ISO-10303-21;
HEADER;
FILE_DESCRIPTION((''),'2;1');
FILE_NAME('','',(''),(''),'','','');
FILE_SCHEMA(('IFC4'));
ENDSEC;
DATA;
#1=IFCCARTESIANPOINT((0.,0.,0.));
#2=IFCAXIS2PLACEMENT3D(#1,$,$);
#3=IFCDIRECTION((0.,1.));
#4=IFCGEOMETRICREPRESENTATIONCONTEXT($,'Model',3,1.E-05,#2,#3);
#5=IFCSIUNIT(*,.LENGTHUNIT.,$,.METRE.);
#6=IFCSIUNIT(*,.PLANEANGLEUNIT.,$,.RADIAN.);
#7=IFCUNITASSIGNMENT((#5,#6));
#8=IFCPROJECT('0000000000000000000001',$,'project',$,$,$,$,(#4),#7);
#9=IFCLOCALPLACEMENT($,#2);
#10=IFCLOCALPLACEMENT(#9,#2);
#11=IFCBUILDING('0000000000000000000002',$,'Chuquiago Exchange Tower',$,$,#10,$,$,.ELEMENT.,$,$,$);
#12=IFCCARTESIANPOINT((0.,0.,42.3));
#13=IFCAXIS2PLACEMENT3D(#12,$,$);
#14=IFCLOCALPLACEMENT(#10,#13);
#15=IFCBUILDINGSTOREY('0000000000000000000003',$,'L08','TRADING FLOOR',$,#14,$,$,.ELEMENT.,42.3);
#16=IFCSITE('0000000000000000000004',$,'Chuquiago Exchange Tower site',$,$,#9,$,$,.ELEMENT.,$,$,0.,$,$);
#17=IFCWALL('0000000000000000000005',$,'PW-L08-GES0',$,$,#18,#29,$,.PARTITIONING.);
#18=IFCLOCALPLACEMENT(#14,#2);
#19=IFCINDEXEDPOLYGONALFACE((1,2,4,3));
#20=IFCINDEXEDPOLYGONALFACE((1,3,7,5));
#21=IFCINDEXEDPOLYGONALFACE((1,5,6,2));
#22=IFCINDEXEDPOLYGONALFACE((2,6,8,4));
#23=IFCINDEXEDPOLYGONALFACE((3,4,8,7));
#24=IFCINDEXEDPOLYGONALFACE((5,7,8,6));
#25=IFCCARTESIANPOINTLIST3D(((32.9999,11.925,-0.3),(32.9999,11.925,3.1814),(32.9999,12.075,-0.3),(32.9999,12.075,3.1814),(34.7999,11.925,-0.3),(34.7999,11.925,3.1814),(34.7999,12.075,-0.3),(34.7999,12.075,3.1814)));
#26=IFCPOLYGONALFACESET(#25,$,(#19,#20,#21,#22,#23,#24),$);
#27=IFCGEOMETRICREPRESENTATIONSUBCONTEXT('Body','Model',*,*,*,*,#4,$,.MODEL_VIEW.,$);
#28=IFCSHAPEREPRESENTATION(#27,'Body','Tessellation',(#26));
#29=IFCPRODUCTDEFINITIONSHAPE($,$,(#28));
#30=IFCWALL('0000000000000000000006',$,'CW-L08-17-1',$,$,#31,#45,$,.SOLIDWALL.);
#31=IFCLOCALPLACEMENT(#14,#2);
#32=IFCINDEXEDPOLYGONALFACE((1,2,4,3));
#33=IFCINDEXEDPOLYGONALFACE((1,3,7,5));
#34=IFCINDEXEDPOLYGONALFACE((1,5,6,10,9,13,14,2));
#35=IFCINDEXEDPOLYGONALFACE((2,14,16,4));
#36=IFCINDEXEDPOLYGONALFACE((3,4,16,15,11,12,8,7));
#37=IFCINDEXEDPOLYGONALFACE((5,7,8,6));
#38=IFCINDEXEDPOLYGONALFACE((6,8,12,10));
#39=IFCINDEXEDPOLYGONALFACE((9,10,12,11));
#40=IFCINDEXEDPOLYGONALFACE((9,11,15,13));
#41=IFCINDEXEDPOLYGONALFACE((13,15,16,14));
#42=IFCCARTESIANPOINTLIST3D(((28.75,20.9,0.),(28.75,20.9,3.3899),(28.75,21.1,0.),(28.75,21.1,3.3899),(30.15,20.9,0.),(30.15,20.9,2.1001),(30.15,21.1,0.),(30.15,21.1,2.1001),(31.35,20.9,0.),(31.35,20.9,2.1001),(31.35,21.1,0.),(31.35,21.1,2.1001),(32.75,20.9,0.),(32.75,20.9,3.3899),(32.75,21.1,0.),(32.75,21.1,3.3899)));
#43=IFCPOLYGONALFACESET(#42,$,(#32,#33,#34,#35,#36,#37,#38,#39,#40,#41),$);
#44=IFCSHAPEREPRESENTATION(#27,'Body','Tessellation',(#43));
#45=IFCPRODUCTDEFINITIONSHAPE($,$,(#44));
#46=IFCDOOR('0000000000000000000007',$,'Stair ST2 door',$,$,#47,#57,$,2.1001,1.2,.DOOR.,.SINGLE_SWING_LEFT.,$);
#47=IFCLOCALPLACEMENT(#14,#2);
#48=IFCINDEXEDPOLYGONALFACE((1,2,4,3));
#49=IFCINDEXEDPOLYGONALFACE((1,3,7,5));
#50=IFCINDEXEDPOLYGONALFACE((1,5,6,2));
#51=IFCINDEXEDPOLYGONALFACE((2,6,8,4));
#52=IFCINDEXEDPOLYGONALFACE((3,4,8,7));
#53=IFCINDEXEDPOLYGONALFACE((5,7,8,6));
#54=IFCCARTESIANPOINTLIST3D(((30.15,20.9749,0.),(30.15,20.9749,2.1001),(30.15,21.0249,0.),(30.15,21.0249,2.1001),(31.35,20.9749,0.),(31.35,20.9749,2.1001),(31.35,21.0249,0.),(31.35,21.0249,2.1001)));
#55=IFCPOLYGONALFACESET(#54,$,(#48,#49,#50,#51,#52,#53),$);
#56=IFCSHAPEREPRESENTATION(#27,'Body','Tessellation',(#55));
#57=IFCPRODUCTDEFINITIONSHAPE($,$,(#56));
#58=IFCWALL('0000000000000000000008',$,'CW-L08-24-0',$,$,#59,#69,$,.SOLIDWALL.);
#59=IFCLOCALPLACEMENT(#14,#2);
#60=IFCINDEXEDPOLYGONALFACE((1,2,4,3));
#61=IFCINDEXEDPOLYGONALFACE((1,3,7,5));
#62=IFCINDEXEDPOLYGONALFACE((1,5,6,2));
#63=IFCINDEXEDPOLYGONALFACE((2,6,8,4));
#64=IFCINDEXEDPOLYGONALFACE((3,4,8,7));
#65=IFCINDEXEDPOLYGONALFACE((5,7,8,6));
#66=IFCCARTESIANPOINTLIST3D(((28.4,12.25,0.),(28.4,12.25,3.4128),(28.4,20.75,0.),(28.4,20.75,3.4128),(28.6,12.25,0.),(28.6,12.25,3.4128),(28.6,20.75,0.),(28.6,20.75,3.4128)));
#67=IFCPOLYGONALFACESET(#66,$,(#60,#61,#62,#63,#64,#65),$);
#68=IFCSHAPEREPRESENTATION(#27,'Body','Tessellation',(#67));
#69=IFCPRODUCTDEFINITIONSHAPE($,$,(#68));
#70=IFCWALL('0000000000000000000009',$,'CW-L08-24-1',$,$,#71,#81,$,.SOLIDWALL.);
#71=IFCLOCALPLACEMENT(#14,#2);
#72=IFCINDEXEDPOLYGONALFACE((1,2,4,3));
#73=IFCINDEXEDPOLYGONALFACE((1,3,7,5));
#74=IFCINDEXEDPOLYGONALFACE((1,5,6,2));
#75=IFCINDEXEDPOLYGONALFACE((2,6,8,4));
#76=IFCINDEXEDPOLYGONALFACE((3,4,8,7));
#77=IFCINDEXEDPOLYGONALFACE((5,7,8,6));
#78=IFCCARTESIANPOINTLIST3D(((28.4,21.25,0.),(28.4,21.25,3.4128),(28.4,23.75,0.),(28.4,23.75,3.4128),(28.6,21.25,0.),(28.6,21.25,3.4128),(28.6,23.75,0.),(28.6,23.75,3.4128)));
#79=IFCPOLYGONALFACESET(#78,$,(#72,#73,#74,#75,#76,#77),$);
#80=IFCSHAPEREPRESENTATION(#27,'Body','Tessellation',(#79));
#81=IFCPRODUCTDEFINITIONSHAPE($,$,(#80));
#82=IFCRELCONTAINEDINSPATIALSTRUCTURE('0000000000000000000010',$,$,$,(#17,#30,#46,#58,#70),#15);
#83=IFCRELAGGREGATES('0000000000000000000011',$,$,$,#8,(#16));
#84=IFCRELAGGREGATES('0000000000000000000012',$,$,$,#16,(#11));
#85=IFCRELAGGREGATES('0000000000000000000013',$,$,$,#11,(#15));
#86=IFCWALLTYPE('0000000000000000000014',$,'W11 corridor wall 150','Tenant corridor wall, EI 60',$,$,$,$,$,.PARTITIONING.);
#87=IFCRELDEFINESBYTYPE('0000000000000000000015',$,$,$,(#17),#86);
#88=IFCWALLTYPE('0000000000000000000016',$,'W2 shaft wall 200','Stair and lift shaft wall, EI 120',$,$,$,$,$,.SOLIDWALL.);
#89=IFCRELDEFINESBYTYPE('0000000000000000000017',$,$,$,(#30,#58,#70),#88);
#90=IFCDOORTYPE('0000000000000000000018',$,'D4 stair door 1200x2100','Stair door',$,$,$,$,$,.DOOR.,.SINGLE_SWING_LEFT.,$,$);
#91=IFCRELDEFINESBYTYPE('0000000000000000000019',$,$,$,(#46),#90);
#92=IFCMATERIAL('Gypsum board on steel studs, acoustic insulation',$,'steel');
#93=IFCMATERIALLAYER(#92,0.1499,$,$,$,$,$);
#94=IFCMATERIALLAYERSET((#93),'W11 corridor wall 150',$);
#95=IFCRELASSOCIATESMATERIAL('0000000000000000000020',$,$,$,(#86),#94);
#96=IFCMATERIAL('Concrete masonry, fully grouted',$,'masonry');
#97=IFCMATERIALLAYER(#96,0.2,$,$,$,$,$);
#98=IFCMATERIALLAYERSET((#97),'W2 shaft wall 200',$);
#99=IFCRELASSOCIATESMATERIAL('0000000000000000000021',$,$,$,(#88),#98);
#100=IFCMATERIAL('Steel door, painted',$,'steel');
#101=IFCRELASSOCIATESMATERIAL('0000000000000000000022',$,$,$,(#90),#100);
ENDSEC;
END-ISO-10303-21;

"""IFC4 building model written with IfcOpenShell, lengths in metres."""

from ifc_helpers import new_model, si_unit, direction, frame, frame_2d, origin, place, context, subcontext, project, spatial, rectangle, extrude, material, layer, layer_set, type_object, element, fill, save


model = new_model("IFC4")

# Units and contexts
model_context = context("Model", 3, precision=1e-05, world=origin(), true_north=direction((0.0, 1.0)))
body_context = subcontext(model_context, "Body", "Model", "MODEL_VIEW")
ifc_project = project(units=[si_unit("LENGTHUNIT", "METRE"), si_unit("PLANEANGLEUNIT", "RADIAN")], contexts=[model_context])

# Site, building, storey
site_placement = place(None, origin())
site = spatial("IfcSite", under=ifc_project, at=site_placement, Name="Chuquiago Exchange Tower site", CompositionType="ELEMENT", RefElevation=0.0)
building_placement = place(site_placement, origin())
building = spatial("IfcBuilding", under=site, at=building_placement, Name="Chuquiago Exchange Tower", CompositionType="ELEMENT")
storey_placement = place(building_placement, frame((0.0, 0.0, 42.3)))
storey = spatial("IfcBuildingStorey", under=building, at=storey_placement, Name="L08", Description="TRADING FLOOR", CompositionType="ELEMENT", Elevation=42.3)

# Wall
ifc_material_1 = material(Name="Gypsum board on steel studs, acoustic insulation", Category="steel")
ifc_layer_1 = layer(ifc_material_1, 0.1499)
ifc_layer_set_1 = layer_set([ifc_layer_1], Name="W11 corridor wall 150")
wall_type_1 = type_object("IfcWallType", Name="W11 corridor wall 150", Description="Tenant corridor wall, EI 60", PredefinedType="PARTITIONING", material=ifc_layer_set_1)
wall_1_placement = place(storey_placement, frame((33.0, 12.0, -0.3), z_axis=(0.0, 0.0, 1.0), x_axis=(1.0, 0.0, 0.0)))
element("IfcWall", 1, at=wall_1_placement, inside=storey, type_object=wall_type_1, Name="PW-L08-GES0", PredefinedType="PARTITIONING", context=body_context, shape_type="SweptSolid", body=[
    extrude(rectangle(XDim=1.8, YDim=0.1499, at=frame_2d((0.8999, 0.0))), origin(), (0.0, 0.0, 1.0), 3.4814),
])

# Wall, opening, door
ifc_material_2 = material(Name="Concrete masonry, fully grouted", Category="masonry")
ifc_layer_2 = layer(ifc_material_2, 0.2)
ifc_layer_set_2 = layer_set([ifc_layer_2], Name="W2 shaft wall 200")
wall_type_2 = type_object("IfcWallType", Name="W2 shaft wall 200", Description="Stair and lift shaft wall, EI 120", PredefinedType="SOLIDWALL", material=ifc_layer_set_2)
wall_2_placement = place(storey_placement, frame((28.75, 21.0, 0.0), z_axis=(0.0, 0.0, 1.0), x_axis=(1.0, 0.0, 0.0)))
wall_2 = element("IfcWall", 2, at=wall_2_placement, inside=storey, type_object=wall_type_2, Name="CW-L08-17-1", PredefinedType="SOLIDWALL", context=body_context, shape_type="SweptSolid", body=[
    extrude(rectangle(XDim=4.0, YDim=0.2, at=frame_2d((2.0, 0.0))), origin(), (0.0, 0.0, 1.0), 3.3899),
])
opening_1_placement = place(wall_2_placement, frame((1.3999, 0.0, 0.0)))
opening_1 = element("IfcOpeningElement", 3, at=opening_1_placement, cuts=wall_2, PredefinedType="OPENING", context=body_context, shape_type="SweptSolid", body=[
    extrude(rectangle(XDim=1.2, YDim=2.1001, at=frame_2d((0.6001, 1.05))), frame((0.0, 0.1099, 0.0), z_axis=(0.0, -1.0, 0.0), x_axis=(1.0, 0.0, 0.0)), (0.0, 0.0, 1.0), 0.22),
])
ifc_material_3 = material(Name="Steel door, painted", Category="steel")
door_type_1 = type_object("IfcDoorType", Name="D4 stair door 1200x2100", Description="Stair door", OperationType="SINGLE_SWING_LEFT", PredefinedType="DOOR", material=ifc_material_3)
door_1_placement = place(opening_1_placement, origin())
door_1 = element("IfcDoor", 4, at=door_1_placement, inside=storey, type_object=door_type_1, Name="Stair ST2 door", OperationType="SINGLE_SWING_LEFT", OverallHeight=2.1001, OverallWidth=1.2, PredefinedType="DOOR", context=body_context, shape_type="SweptSolid", body=[
    extrude(rectangle(XDim=1.2, YDim=2.1001, at=frame_2d((0.6001, 1.05))), frame((0.0, 0.0249, 0.0), z_axis=(0.0, -1.0, 0.0), x_axis=(1.0, 0.0, 0.0)), (0.0, 0.0, 1.0), 0.05),
])
fill(opening_1, door_1)

# Walls
wall_3_placement = place(storey_placement, frame((28.5, 12.25, 0.0), z_axis=(0.0, 0.0, 1.0), x_axis=(0.0, 1.0, 0.0)))
element("IfcWall", 5, at=wall_3_placement, inside=storey, type_object=wall_type_2, Name="CW-L08-24-0", PredefinedType="SOLIDWALL", context=body_context, shape_type="SweptSolid", body=[
    extrude(rectangle(XDim=8.5, YDim=0.2, at=frame_2d((4.25, 0.0))), origin(), (0.0, 0.0, 1.0), 3.4128),
])
wall_4_placement = place(storey_placement, frame((28.5, 21.25, 0.0), z_axis=(0.0, 0.0, 1.0), x_axis=(0.0, 1.0, 0.0)))
element("IfcWall", 6, at=wall_4_placement, inside=storey, type_object=wall_type_2, Name="CW-L08-24-1", PredefinedType="SOLIDWALL", context=body_context, shape_type="SweptSolid", body=[
    extrude(rectangle(XDim=2.5, YDim=0.2, at=frame_2d((1.25, 0.0))), origin(), (0.0, 0.0, 1.0), 3.4128),
])

save(model, "model.ifc")
